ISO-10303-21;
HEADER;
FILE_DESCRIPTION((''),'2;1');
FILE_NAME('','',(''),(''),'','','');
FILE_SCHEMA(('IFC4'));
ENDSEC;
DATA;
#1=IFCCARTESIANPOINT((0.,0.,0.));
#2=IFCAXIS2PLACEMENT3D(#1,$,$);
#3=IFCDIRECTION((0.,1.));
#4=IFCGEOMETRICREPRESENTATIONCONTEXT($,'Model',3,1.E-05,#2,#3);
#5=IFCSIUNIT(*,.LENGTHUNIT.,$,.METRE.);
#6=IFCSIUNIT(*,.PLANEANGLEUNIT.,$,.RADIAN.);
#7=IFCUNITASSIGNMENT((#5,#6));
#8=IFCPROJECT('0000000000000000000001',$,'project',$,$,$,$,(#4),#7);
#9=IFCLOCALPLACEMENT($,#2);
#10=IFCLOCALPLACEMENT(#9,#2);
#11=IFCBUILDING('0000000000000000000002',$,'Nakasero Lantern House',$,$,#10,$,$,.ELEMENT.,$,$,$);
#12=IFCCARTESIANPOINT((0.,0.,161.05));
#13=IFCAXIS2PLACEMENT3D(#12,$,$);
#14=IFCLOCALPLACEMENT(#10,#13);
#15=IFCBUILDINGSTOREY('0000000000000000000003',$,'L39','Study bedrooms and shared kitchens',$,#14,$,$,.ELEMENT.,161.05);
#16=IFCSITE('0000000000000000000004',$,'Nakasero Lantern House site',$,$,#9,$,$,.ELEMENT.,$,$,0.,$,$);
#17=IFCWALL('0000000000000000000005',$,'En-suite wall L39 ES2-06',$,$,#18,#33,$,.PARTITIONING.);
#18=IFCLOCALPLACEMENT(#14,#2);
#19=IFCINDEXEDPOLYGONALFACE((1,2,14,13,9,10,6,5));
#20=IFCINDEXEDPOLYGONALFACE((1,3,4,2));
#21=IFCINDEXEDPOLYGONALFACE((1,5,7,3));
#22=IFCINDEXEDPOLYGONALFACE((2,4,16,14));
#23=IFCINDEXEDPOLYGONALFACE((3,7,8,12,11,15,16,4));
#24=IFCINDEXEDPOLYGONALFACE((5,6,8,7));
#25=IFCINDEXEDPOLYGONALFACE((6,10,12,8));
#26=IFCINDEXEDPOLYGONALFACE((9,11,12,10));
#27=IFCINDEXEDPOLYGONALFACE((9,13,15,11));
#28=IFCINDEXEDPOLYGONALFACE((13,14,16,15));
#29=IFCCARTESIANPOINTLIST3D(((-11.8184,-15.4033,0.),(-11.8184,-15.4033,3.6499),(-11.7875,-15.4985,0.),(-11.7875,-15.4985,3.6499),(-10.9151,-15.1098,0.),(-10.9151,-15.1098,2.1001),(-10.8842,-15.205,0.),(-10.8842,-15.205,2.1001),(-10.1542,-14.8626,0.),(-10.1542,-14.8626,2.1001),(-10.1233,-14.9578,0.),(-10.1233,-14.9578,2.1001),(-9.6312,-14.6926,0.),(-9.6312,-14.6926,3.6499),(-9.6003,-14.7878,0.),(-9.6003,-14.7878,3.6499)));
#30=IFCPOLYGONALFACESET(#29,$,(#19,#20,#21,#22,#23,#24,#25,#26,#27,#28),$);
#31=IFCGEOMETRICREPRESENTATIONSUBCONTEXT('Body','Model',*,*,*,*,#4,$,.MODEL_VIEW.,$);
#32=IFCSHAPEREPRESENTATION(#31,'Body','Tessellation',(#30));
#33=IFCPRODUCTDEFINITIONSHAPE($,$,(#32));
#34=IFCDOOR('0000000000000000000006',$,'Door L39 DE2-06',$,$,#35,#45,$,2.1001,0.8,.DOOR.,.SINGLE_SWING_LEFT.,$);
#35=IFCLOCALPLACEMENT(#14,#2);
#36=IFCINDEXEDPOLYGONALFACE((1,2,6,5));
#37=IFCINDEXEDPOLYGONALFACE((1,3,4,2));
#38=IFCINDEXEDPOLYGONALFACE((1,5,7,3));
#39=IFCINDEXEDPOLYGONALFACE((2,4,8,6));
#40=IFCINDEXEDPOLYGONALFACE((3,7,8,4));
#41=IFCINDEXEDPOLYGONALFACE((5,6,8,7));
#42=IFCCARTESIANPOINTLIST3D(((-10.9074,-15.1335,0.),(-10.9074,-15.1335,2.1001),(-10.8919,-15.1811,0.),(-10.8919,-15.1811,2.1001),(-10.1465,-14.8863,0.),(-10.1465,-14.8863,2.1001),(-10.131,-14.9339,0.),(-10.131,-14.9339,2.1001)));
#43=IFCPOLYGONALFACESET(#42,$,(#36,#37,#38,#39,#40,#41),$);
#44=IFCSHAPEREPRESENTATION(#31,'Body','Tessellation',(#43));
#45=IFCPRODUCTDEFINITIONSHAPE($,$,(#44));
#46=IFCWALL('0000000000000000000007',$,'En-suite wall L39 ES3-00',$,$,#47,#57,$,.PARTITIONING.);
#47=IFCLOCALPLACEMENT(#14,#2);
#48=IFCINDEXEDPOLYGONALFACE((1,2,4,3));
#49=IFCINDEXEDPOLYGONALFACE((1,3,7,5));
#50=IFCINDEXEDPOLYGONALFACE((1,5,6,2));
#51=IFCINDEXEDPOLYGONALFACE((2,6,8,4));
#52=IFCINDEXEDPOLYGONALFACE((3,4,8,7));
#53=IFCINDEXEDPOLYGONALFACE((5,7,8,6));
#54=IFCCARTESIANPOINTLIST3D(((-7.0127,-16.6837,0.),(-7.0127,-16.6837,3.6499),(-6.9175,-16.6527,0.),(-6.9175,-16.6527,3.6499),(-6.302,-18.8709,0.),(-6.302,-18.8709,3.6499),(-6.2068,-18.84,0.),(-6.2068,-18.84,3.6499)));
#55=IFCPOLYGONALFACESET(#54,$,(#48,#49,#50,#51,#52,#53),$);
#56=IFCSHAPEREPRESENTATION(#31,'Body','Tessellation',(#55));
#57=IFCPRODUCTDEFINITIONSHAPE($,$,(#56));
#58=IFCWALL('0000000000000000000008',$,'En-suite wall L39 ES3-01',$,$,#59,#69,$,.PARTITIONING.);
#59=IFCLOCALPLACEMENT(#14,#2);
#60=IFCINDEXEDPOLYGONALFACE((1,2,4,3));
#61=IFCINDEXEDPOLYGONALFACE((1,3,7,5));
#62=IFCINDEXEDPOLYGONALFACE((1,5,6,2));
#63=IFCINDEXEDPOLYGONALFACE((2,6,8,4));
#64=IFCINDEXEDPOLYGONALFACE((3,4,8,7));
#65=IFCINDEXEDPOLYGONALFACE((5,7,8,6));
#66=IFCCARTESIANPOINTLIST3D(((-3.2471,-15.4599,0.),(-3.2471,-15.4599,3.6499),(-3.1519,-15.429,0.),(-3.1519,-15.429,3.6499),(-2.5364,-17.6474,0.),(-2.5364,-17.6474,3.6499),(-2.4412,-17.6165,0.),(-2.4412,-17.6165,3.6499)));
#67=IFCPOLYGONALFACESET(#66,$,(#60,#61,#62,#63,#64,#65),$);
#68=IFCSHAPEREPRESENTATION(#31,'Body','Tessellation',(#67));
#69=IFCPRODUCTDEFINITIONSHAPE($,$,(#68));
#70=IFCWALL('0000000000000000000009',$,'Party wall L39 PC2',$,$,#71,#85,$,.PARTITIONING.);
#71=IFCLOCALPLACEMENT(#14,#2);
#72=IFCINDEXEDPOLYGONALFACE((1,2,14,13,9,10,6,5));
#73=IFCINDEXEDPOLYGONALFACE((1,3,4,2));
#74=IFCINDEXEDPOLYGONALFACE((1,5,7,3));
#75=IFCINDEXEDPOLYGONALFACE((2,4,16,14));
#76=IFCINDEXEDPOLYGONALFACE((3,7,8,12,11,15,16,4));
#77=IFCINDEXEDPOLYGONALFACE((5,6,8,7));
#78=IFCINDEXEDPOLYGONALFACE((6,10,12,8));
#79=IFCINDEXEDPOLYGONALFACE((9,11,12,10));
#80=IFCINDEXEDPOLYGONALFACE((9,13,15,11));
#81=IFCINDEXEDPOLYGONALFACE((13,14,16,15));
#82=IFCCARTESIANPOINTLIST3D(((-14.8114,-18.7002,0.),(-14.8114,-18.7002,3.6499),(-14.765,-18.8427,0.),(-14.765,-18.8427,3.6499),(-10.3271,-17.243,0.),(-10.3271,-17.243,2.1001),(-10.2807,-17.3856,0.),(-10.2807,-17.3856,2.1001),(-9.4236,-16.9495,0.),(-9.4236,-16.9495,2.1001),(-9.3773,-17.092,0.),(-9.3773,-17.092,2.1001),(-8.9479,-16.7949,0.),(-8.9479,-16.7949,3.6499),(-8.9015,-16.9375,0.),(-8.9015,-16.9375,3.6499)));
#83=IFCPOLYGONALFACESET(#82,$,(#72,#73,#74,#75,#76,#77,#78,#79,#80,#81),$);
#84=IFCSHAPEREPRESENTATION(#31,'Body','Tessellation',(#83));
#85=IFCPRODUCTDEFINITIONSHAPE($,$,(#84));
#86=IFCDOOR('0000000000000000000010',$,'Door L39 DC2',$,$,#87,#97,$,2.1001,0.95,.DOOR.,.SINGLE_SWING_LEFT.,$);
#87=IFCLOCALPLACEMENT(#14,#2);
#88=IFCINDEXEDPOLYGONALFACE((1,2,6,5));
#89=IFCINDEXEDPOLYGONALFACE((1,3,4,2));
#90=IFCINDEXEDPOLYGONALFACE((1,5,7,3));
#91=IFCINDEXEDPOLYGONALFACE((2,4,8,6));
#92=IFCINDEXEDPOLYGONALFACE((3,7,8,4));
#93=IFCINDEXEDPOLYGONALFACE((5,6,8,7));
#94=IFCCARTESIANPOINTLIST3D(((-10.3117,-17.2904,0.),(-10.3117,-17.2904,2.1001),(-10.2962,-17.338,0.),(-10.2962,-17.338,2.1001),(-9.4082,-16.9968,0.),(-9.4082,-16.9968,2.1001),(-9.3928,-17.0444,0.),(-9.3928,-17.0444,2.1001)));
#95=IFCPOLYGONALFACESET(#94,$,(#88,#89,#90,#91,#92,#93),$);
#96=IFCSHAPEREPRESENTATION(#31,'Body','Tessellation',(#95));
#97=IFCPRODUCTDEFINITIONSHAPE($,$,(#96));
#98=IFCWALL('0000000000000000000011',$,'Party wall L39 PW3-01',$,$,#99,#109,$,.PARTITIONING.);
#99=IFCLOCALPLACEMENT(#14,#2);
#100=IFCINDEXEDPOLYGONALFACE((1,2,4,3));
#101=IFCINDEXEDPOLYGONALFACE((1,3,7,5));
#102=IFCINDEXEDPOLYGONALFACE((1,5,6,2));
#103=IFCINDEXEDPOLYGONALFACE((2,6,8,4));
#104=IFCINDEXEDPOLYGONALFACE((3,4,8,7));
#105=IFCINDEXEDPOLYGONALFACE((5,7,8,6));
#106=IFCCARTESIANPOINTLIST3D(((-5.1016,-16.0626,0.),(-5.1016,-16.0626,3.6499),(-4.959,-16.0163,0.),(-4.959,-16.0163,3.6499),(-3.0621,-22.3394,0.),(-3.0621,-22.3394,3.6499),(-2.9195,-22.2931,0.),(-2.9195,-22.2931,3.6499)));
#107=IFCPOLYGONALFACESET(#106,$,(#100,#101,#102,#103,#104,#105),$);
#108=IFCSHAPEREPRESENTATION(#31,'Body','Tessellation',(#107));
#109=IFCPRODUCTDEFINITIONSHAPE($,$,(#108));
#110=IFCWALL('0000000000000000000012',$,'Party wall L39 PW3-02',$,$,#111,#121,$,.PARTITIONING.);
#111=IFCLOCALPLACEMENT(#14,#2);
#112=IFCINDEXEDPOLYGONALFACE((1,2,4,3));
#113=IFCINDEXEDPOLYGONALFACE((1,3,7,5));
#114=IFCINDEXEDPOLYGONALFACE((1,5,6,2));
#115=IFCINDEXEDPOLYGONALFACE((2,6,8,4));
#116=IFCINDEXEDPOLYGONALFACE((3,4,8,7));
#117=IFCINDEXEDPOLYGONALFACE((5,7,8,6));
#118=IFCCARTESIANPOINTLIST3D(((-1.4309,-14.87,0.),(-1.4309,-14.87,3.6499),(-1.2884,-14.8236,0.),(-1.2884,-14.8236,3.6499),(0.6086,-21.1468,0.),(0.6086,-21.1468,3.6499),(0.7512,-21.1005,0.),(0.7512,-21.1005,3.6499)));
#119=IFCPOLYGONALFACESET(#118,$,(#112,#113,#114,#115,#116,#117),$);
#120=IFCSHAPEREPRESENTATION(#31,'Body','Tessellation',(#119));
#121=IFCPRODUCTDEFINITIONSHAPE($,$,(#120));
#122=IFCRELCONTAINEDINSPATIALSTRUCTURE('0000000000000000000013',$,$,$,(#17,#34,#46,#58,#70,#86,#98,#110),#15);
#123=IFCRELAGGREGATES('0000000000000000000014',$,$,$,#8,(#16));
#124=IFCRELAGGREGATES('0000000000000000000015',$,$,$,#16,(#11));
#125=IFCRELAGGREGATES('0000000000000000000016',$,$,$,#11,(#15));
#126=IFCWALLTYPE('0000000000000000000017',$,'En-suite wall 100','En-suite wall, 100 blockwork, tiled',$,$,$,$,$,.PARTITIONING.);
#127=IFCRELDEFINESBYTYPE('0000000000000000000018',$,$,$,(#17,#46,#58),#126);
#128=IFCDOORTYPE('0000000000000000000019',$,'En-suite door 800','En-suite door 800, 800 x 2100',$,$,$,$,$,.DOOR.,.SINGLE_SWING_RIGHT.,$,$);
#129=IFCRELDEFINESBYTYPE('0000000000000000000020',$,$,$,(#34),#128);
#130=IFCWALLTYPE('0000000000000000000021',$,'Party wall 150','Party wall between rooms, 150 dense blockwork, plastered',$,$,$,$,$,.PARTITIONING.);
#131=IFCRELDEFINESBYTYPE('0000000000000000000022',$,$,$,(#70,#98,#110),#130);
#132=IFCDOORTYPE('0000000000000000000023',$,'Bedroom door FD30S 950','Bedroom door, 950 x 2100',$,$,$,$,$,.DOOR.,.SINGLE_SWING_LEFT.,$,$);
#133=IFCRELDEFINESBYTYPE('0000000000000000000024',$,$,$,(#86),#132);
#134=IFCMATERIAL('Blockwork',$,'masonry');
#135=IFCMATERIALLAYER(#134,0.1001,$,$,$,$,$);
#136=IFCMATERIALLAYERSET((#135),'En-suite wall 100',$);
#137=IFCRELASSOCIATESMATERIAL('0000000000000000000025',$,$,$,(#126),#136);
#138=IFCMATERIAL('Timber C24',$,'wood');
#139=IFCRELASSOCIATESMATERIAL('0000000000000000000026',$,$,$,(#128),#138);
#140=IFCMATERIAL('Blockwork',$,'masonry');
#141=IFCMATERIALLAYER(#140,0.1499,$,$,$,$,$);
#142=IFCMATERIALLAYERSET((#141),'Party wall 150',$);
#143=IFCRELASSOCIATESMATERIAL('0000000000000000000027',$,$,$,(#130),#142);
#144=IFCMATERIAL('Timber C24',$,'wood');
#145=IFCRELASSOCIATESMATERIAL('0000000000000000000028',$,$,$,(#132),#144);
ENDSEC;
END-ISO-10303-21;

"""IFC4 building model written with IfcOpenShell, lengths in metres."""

from ifc_helpers import new_model, si_unit, direction, frame, frame_2d, origin, place, context, subcontext, project, spatial, rectangle, extrude, material, layer, layer_set, type_object, element, fill, save


model = new_model("IFC4")

# Units and contexts
model_context = context("Model", 3, precision=1e-05, world=origin(), true_north=direction((0.0, 1.0)))
body_context = subcontext(model_context, "Body", "Model", "MODEL_VIEW")
ifc_project = project(units=[si_unit("LENGTHUNIT", "METRE"), si_unit("PLANEANGLEUNIT", "RADIAN")], contexts=[model_context])

# Site, building, storey
site_placement = place(None, origin())
site = spatial("IfcSite", under=ifc_project, at=site_placement, Name="Nakasero Lantern House site", CompositionType="ELEMENT", RefElevation=0.0)
building_placement = place(site_placement, origin())
building = spatial("IfcBuilding", under=site, at=building_placement, Name="Nakasero Lantern House", CompositionType="ELEMENT")
storey_placement = place(building_placement, frame((0.0, 0.0, 161.05)))
storey = spatial("IfcBuildingStorey", under=building, at=storey_placement, Name="L39", Description="Study bedrooms and shared kitchens", CompositionType="ELEMENT", Elevation=161.05)

# Wall, opening, door
ifc_material_1 = material(Name="Blockwork", Category="masonry")
ifc_layer_1 = layer(ifc_material_1, 0.1001)
ifc_layer_set_1 = layer_set([ifc_layer_1], Name="En-suite wall 100")
wall_type_1 = type_object("IfcWallType", Name="En-suite wall 100", Description="En-suite wall, 100 blockwork, tiled", PredefinedType="PARTITIONING", material=ifc_layer_set_1)
wall_1_placement = place(storey_placement, frame((-9.6157, -14.7402, 0.0), z_axis=(0.0, 0.0, 1.0), x_axis=(-0.951055, -0.309021, 0.0)))
wall_1 = element("IfcWall", 1, at=wall_1_placement, inside=storey, type_object=wall_type_1, Name="En-suite wall L39 ES2-06", PredefinedType="PARTITIONING", context=body_context, shape_type="SweptSolid", body=[
    extrude(rectangle(XDim=2.2998, YDim=0.1001, at=frame_2d((1.1499, 0.0))), origin(), (0.0, 0.0, 1.0), 3.6499),
])
opening_1_placement = place(wall_1_placement, frame((0.55, 0.0, 0.0)))
opening_1 = element("IfcOpeningElement", 2, at=opening_1_placement, cuts=wall_1, PredefinedType="OPENING", context=body_context, shape_type="SweptSolid", body=[
    extrude(rectangle(XDim=0.8, YDim=2.1001, at=frame_2d((0.3999, 1.05))), frame((0.0, 0.0701, 0.0), z_axis=(0.0, -1.0, 0.0), x_axis=(1.0, 0.0, 0.0)), (0.0, 0.0, 1.0), 0.1401),
])
ifc_material_2 = material(Name="Timber C24", Category="wood")
door_type_1 = type_object("IfcDoorType", Name="En-suite door 800", Description="En-suite door 800, 800 x 2100", OperationType="SINGLE_SWING_RIGHT", PredefinedType="DOOR", material=ifc_material_2)
door_1_placement = place(opening_1_placement, origin())
door_1 = element("IfcDoor", 3, at=door_1_placement, inside=storey, type_object=door_type_1, Name="Door L39 DE2-06", OperationType="SINGLE_SWING_LEFT", OverallHeight=2.1001, OverallWidth=0.8, PredefinedType="DOOR", context=body_context, shape_type="SweptSolid", body=[
    extrude(rectangle(XDim=0.8, YDim=2.1001, at=frame_2d((0.3999, 1.05))), frame((0.0, 0.0249, 0.0), z_axis=(0.0, -1.0, 0.0), x_axis=(1.0, 0.0, 0.0)), (0.0, 0.0, 1.0), 0.05),
])
fill(opening_1, door_1)

# Walls
wall_2_placement = place(storey_placement, frame((-6.9651, -16.6682, 0.0), z_axis=(0.0, 0.0, 1.0), x_axis=(0.309021, -0.951055, 0.0)))
element("IfcWall", 4, at=wall_2_placement, inside=storey, type_object=wall_type_1, Name="En-suite wall L39 ES3-00", PredefinedType="PARTITIONING", context=body_context, shape_type="SweptSolid", body=[
    extrude(rectangle(XDim=2.2998, YDim=0.1001, at=frame_2d((1.1499, 0.0))), origin(), (0.0, 0.0, 1.0), 3.6499),
])
wall_3_placement = place(storey_placement, frame((-3.1995, -15.4446, 0.0), z_axis=(0.0, 0.0, 1.0), x_axis=(0.30899, -0.951065, 0.0)))
element("IfcWall", 5, at=wall_3_placement, inside=storey, type_object=wall_type_1, Name="En-suite wall L39 ES3-01", PredefinedType="PARTITIONING", context=body_context, shape_type="SweptSolid", body=[
    extrude(rectangle(XDim=2.3, YDim=0.1001, at=frame_2d((1.1499, 0.0))), origin(), (0.0, 0.0, 1.0), 3.6499),
])

# Wall, opening, door
ifc_material_3 = material(Name="Blockwork", Category="masonry")
ifc_layer_2 = layer(ifc_material_3, 0.1499)
ifc_layer_set_2 = layer_set([ifc_layer_2], Name="Party wall 150")
wall_type_2 = type_object("IfcWallType", Name="Party wall 150", Description="Party wall between rooms, 150 dense blockwork, plastered", PredefinedType="PARTITIONING", material=ifc_layer_set_2)
wall_4_placement = place(storey_placement, frame((-8.9248, -16.8662, 0.0), z_axis=(0.0, 0.0, 1.0), x_axis=(-0.951052, -0.309031, 0.0)))
wall_4 = element("IfcWall", 6, at=wall_4_placement, inside=storey, type_object=wall_type_2, Name="Party wall L39 PC2", PredefinedType="PARTITIONING", context=body_context, shape_type="SweptSolid", body=[
    extrude(rectangle(XDim=6.1653, YDim=0.1499, at=frame_2d((3.0825, 0.0))), origin(), (0.0, 0.0, 1.0), 3.6499),
])
opening_2_placement = place(wall_4_placement, frame((0.5, 0.0, 0.0)))
opening_2 = element("IfcOpeningElement", 7, at=opening_2_placement, cuts=wall_4, PredefinedType="OPENING", context=body_context, shape_type="SweptSolid", body=[
    extrude(rectangle(XDim=0.95, YDim=2.1001, at=frame_2d((0.4751, 1.05))), frame((0.0, 0.095, 0.0), z_axis=(0.0, -1.0, 0.0), x_axis=(1.0, 0.0, 0.0)), (0.0, 0.0, 1.0), 0.1899),
])
ifc_material_4 = material(Name="Timber C24", Category="wood")
door_type_2 = type_object("IfcDoorType", Name="Bedroom door FD30S 950", Description="Bedroom door, 950 x 2100", OperationType="SINGLE_SWING_LEFT", PredefinedType="DOOR", material=ifc_material_4)
door_2_placement = place(opening_2_placement, origin())
door_2 = element("IfcDoor", 8, at=door_2_placement, inside=storey, type_object=door_type_2, Name="Door L39 DC2", OperationType="SINGLE_SWING_LEFT", OverallHeight=2.1001, OverallWidth=0.95, PredefinedType="DOOR", context=body_context, shape_type="SweptSolid", body=[
    extrude(rectangle(XDim=0.95, YDim=2.1001, at=frame_2d((0.4751, 1.05))), frame((0.0, 0.0249, 0.0), z_axis=(0.0, -1.0, 0.0), x_axis=(1.0, 0.0, 0.0)), (0.0, 0.0, 1.0), 0.05),
])
fill(opening_2, door_2)

# Walls
for number, where, z_axis, x_axis, name in (
    (9, (-5.0303, -16.0396, 0.0), (0.0, 0.0, 1.0), (0.309028, -0.951053, 0.0), "Party wall L39 PW3-01"),
    (10, (-1.3596, -14.8469, 0.0), (0.0, 0.0, 1.0), (0.309028, -0.951053, 0.0), "Party wall L39 PW3-02"),
):
    element("IfcWall", number, at=place(storey_placement, frame(where, z_axis=z_axis, x_axis=x_axis)), inside=storey, type_object=wall_type_2, Name=name, PredefinedType="PARTITIONING", context=body_context, shape_type="SweptSolid", body=[
        extrude(rectangle(XDim=6.5999, YDim=0.1499, at=frame_2d((3.2998, 0.0))), origin(), (0.0, 0.0, 1.0), 3.6499),
    ])

save(model, "model.ifc")
